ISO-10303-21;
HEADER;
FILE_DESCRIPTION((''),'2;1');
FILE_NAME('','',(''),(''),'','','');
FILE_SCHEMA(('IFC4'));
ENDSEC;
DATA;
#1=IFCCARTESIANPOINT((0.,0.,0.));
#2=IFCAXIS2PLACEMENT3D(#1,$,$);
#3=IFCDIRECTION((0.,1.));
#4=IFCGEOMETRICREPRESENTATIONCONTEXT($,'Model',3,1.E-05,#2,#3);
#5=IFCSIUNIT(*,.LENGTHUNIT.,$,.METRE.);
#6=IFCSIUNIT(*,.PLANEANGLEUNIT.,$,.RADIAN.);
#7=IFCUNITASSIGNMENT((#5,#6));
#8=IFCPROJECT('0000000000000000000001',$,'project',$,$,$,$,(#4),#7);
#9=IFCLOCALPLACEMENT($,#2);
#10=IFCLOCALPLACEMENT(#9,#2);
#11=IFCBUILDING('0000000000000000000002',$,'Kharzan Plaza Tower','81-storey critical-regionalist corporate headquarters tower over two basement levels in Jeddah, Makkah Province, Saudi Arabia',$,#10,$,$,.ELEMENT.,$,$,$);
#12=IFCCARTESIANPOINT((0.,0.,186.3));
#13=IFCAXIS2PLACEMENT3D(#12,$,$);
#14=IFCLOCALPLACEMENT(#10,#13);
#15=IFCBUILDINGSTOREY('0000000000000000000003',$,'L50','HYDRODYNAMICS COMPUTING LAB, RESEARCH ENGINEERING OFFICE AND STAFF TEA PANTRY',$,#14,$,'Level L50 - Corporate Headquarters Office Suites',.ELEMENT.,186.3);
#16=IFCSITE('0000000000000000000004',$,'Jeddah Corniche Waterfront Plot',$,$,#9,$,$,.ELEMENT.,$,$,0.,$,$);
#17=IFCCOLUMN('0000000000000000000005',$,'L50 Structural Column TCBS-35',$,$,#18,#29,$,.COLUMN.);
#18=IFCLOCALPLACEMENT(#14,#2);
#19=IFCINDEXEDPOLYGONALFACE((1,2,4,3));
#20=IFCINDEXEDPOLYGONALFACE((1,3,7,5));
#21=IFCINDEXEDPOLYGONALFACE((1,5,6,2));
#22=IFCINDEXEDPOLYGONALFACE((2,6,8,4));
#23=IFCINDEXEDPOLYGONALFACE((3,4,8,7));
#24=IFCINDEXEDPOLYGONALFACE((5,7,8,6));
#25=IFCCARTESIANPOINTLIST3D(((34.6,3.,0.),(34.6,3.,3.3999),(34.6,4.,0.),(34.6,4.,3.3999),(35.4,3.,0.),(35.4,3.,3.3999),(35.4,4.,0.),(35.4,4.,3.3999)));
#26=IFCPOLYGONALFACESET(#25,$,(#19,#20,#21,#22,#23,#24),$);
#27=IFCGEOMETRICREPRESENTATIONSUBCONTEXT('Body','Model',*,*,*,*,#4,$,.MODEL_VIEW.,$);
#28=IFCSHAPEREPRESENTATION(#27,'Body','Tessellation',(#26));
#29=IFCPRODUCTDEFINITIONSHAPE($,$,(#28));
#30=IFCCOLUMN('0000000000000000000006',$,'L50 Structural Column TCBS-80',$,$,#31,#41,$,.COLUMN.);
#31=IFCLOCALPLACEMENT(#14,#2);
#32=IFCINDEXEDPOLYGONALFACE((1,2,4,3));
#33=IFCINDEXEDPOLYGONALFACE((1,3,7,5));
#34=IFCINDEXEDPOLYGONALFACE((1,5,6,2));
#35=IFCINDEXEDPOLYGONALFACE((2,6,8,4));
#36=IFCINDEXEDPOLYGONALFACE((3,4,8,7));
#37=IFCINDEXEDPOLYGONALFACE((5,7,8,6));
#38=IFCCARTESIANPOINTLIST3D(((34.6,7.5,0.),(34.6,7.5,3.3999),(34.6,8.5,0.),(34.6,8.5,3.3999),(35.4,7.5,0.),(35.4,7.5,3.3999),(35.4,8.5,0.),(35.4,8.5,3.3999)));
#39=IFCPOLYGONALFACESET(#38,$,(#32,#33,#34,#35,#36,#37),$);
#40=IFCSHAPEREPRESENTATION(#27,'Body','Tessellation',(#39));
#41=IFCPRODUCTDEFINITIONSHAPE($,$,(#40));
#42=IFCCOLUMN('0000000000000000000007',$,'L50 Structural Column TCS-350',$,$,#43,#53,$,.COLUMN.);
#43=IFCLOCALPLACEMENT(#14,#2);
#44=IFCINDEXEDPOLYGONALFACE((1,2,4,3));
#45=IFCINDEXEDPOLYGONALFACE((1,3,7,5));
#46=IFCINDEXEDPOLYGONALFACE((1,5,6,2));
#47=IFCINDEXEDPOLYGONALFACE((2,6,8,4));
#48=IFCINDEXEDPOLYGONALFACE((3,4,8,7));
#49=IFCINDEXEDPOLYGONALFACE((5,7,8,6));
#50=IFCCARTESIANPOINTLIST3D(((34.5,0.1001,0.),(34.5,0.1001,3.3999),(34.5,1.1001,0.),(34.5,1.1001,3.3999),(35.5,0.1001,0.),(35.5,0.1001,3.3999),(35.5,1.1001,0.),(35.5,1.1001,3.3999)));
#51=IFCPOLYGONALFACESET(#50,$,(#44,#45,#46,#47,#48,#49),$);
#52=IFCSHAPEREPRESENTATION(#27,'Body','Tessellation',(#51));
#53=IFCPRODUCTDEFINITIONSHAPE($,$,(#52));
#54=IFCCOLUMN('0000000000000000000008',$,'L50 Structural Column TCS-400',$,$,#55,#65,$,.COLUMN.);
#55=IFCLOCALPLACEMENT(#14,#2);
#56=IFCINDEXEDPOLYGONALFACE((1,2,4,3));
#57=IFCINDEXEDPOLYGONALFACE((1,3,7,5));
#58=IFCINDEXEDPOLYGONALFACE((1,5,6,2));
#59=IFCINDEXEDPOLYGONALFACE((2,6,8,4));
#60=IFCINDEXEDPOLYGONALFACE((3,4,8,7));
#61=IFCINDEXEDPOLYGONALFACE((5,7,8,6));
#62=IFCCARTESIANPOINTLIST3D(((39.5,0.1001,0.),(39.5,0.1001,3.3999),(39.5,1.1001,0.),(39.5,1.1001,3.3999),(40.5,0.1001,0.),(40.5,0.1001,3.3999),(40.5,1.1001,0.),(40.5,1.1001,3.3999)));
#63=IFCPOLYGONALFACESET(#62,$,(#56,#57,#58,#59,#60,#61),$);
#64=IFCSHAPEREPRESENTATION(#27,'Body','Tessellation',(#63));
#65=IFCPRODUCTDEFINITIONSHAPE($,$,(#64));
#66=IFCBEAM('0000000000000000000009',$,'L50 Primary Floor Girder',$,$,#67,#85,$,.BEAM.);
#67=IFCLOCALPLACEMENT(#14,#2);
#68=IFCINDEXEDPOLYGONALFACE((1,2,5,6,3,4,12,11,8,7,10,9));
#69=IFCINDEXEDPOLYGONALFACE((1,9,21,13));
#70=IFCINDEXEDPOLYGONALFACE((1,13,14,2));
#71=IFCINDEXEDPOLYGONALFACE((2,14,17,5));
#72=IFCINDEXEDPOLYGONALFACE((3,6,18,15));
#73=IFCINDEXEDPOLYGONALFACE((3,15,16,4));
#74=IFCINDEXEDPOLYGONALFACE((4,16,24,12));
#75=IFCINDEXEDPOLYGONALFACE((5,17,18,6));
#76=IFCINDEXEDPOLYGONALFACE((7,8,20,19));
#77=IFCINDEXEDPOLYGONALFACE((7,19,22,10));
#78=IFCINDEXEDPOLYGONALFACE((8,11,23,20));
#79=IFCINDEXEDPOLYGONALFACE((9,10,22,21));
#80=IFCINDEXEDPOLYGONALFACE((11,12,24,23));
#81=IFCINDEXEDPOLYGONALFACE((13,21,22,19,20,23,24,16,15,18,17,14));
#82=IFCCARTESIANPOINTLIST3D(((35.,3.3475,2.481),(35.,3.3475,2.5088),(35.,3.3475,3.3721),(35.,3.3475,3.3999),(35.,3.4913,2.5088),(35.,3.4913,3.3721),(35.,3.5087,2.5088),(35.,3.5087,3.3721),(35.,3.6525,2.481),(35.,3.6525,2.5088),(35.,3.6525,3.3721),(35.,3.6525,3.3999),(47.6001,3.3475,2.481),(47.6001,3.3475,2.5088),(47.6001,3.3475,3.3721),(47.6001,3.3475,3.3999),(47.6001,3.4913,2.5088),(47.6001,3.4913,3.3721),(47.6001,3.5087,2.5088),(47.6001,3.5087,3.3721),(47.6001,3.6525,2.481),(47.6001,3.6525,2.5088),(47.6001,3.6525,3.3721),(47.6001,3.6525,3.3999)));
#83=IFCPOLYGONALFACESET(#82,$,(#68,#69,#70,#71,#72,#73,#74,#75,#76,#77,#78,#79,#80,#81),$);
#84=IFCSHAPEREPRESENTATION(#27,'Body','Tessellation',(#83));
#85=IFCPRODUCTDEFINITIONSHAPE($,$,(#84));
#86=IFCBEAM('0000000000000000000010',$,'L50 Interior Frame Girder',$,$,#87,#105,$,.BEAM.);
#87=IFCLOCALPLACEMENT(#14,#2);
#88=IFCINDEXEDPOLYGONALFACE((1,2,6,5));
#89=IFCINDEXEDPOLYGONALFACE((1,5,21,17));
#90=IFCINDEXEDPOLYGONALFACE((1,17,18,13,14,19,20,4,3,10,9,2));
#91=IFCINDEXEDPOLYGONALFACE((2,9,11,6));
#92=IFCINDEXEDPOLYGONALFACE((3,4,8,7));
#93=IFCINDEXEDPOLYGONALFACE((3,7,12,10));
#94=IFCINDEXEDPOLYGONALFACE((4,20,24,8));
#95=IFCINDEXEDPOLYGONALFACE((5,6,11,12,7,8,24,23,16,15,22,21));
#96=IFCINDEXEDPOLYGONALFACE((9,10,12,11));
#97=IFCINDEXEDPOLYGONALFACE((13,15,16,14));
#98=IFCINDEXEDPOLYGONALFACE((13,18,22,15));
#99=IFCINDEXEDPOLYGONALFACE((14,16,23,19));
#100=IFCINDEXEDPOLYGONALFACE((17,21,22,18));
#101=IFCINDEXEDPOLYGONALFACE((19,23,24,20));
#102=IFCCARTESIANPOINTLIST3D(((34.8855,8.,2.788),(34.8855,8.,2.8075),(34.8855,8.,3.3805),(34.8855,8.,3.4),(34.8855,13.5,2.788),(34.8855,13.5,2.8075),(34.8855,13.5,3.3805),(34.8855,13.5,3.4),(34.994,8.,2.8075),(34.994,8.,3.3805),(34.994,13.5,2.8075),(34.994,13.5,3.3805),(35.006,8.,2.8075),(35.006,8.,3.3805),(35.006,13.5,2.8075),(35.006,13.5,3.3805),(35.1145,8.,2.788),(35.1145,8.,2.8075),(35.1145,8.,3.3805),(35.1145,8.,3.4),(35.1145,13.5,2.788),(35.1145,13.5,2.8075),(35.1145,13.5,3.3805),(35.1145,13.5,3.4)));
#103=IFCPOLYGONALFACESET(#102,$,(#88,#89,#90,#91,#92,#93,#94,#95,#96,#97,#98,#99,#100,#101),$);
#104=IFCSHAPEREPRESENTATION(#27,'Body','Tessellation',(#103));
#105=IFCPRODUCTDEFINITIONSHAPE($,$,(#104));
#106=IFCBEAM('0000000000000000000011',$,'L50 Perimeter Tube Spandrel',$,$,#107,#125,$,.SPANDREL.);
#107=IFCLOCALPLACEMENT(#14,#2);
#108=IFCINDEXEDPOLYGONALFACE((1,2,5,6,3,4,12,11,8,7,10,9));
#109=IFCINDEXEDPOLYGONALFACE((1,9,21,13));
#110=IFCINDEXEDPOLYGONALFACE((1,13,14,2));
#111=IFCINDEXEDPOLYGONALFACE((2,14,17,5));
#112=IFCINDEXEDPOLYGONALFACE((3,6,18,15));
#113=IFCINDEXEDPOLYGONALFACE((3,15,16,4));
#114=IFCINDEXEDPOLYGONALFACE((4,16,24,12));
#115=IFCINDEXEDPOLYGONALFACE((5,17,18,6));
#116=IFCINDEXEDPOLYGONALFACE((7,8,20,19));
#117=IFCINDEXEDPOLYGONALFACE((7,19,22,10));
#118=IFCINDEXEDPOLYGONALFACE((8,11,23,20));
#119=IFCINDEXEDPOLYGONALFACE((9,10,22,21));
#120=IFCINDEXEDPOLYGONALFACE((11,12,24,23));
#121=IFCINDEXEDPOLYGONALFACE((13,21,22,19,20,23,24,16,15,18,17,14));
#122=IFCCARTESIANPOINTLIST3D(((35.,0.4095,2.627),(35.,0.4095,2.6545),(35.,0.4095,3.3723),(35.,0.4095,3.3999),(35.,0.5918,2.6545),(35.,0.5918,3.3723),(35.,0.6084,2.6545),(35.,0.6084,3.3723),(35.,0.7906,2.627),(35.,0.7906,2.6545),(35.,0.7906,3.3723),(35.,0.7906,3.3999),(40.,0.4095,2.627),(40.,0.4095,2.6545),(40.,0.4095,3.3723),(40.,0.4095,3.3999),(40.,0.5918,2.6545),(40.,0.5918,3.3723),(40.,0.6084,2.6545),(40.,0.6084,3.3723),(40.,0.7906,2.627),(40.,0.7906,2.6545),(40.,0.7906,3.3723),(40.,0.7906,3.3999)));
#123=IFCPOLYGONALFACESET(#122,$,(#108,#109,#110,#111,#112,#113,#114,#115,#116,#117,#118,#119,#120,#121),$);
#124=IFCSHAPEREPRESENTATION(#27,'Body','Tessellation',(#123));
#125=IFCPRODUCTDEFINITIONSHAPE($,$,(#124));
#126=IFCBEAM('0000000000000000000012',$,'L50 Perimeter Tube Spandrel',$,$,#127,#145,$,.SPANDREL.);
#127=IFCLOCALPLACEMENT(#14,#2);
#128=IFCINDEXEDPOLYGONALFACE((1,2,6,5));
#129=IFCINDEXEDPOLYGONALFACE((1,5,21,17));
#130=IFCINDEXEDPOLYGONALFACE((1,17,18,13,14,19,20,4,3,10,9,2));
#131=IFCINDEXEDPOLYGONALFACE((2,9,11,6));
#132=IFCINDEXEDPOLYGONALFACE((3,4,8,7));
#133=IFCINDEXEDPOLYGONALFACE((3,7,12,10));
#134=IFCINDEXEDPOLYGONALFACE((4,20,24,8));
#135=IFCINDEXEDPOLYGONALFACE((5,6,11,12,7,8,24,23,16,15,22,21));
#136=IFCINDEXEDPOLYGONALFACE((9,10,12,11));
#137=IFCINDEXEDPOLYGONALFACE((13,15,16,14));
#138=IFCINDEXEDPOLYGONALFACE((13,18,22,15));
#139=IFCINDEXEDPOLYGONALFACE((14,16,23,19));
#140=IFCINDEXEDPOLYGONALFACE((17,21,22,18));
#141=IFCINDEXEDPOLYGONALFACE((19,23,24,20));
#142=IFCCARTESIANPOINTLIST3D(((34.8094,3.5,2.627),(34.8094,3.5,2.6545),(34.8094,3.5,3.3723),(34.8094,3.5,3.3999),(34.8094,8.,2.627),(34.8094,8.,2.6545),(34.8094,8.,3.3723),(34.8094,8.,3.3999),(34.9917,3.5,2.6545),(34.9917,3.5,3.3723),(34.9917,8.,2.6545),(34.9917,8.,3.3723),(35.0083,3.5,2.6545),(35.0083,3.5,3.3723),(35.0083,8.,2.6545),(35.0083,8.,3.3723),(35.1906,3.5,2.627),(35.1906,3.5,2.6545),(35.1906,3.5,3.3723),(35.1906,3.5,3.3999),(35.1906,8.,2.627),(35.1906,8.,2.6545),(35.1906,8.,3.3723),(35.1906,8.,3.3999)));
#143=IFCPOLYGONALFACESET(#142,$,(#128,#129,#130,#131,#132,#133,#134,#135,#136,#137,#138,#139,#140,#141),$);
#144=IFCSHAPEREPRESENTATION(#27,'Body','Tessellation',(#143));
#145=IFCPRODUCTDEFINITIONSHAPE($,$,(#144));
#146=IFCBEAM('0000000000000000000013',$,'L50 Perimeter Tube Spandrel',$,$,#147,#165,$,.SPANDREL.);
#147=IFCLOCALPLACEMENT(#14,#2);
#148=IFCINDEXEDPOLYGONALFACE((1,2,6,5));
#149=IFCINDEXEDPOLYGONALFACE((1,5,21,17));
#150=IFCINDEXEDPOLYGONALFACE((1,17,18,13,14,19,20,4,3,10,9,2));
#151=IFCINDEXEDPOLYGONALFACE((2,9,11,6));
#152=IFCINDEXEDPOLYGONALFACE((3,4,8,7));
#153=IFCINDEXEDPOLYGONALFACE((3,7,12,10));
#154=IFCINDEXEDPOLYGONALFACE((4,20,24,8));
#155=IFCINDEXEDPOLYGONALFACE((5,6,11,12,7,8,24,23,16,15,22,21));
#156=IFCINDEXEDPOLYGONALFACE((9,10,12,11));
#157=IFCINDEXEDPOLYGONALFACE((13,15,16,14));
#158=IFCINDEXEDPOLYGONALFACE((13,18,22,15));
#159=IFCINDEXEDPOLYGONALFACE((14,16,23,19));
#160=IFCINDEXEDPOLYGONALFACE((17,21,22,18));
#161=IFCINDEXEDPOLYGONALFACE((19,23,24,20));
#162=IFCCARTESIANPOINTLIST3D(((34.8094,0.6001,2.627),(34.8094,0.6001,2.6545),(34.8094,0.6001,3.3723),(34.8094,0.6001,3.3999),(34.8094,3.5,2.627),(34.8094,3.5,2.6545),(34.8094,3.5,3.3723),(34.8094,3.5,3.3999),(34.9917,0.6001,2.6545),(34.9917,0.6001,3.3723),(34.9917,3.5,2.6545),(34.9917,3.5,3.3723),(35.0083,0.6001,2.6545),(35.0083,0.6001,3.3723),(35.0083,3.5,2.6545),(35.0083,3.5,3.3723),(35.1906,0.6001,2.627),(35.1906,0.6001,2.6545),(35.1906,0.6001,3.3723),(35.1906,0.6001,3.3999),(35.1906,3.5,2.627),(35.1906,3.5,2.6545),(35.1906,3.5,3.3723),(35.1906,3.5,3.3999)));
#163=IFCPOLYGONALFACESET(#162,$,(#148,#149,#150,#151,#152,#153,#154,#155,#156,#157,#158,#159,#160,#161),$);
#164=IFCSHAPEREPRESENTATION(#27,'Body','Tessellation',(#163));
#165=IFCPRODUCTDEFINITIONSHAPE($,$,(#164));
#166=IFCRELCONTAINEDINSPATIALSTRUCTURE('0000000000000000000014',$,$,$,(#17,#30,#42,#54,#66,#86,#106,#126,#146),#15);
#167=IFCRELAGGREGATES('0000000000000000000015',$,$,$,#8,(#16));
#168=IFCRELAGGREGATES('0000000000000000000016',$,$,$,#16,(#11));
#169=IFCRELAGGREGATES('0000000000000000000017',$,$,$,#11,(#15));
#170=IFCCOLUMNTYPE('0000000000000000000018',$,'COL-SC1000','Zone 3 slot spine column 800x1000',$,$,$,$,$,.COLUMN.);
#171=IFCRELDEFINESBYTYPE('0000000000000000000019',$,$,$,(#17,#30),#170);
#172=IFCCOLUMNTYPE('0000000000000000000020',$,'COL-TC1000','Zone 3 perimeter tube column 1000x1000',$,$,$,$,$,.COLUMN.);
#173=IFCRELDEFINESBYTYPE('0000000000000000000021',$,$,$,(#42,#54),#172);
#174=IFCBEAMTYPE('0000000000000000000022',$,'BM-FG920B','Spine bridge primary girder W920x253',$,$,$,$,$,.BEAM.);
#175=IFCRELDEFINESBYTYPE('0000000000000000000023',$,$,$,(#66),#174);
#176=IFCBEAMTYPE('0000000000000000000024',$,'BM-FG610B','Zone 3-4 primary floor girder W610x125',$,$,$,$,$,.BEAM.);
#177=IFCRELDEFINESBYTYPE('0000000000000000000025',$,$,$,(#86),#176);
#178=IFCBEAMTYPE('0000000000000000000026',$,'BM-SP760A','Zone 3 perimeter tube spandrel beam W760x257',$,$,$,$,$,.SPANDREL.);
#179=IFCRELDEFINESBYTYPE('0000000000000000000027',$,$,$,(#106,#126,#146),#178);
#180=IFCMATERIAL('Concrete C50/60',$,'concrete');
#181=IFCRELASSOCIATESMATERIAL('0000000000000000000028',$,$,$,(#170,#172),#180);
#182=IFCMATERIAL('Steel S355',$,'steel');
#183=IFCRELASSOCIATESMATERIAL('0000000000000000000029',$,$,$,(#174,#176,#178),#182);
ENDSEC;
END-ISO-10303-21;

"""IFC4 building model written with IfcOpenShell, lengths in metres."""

from ifc_helpers import new_model, si_unit, direction, frame, origin, origin_2d, place, context, subcontext, project, spatial, rectangle, i_section, extrude, source, transform, mapped, material, material_profile, profile_set, type_object, element, save


model = new_model("IFC4")

# Units and contexts
model_context = context("Model", 3, precision=1e-05, world=origin(), true_north=direction((0.0, 1.0)))
body_context = subcontext(model_context, "Body", "Model", "MODEL_VIEW")
ifc_project = project(units=[si_unit("LENGTHUNIT", "METRE"), si_unit("PLANEANGLEUNIT", "RADIAN")], contexts=[model_context])

# Site, building, storey
site_placement = place(None, origin())
site = spatial("IfcSite", under=ifc_project, at=site_placement, Name="Jeddah Corniche Waterfront Plot", CompositionType="ELEMENT", RefElevation=0.0)
building_placement = place(site_placement, origin())
building = spatial("IfcBuilding", under=site, at=building_placement, Name="Kharzan Plaza Tower", Description="81-storey critical-regionalist corporate headquarters tower over two basement levels in Jeddah, Makkah Province, Saudi Arabia", CompositionType="ELEMENT")
storey_placement = place(building_placement, frame((0.0, 0.0, 186.3)))
storey = spatial("IfcBuildingStorey", under=building, at=storey_placement, Name="L50", Description="HYDRODYNAMICS COMPUTING LAB, RESEARCH ENGINEERING OFFICE AND STAFF TEA PANTRY", LongName="Level L50 - Corporate Headquarters Office Suites", CompositionType="ELEMENT", Elevation=186.3)

# Columns
ifc_material_1 = material(Name="Concrete C50/60", Category="concrete")
ifc_material_profile_1 = material_profile(ifc_material_1, rectangle(XDim=0.8, YDim=1.0, at=origin_2d()), Name="RC-SC1000x800")
ifc_profile_set_1 = profile_set([ifc_material_profile_1], Name="Concrete C50/60")
column_type_1 = type_object("IfcColumnType", Name="COL-SC1000", Description="Zone 3 slot spine column 800x1000", PredefinedType="COLUMN", material=ifc_profile_set_1)
shared_shape_1 = source(origin(), body_context, "Body", "SweptSolid", [
    extrude(rectangle(XDim=0.8, YDim=1.0, at=origin_2d()), origin(), (0.0, 0.0, 1.0), 3.3999),
])
for number, where, z_axis, x_axis, name in (
    (1, (35.0, 3.5, 0.0), (0.0, 0.0, 1.0), (1.0, 0.0, 0.0), "L50 Structural Column TCBS-35"),
    (2, (35.0, 8.0, 0.0), (0.0, 0.0, 1.0), (1.0, 0.0, 0.0), "L50 Structural Column TCBS-80"),
):
    element("IfcColumn", number, at=place(storey_placement, frame(where, z_axis=z_axis, x_axis=x_axis)), inside=storey, type_object=column_type_1, Name=name, PredefinedType="COLUMN", context=body_context, shape_type="MappedRepresentation", body=[
        mapped(shared_shape_1, transform((0.0, 0.0, 0.0), x_axis=(1.0, 0.0, 0.0), y_axis=(0.0, 1.0, 0.0), z_axis=(0.0, 0.0, 1.0))),
    ])
ifc_material_profile_2 = material_profile(ifc_material_1, rectangle(XDim=1.0, YDim=1.0, at=origin_2d()), Name="RC-TC1000x1000")
ifc_profile_set_2 = profile_set([ifc_material_profile_2], Name="Concrete C50/60")
column_type_2 = type_object("IfcColumnType", Name="COL-TC1000", Description="Zone 3 perimeter tube column 1000x1000", PredefinedType="COLUMN", material=ifc_profile_set_2)
shared_shape_2 = source(origin(), body_context, "Body", "SweptSolid", [
    extrude(rectangle(XDim=1.0, YDim=1.0, at=origin_2d()), origin(), (0.0, 0.0, 1.0), 3.3999),
])
for number, where, z_axis, x_axis, name in (
    (3, (35.0, 0.6001, 0.0), (0.0, 0.0, 1.0), (1.0, 0.0, 0.0), "L50 Structural Column TCS-350"),
    (4, (40.0, 0.6001, 0.0), (0.0, 0.0, 1.0), (1.0, 0.0, 0.0), "L50 Structural Column TCS-400"),
):
    element("IfcColumn", number, at=place(storey_placement, frame(where, z_axis=z_axis, x_axis=x_axis)), inside=storey, type_object=column_type_2, Name=name, PredefinedType="COLUMN", context=body_context, shape_type="MappedRepresentation", body=[
        mapped(shared_shape_2, transform((0.0, 0.0, 0.0), x_axis=(1.0, 0.0, 0.0), y_axis=(0.0, 1.0, 0.0), z_axis=(0.0, 0.0, 1.0))),
    ])

# Beams
ifc_material_2 = material(Name="Steel S355", Category="steel")
ifc_material_profile_3 = material_profile(ifc_material_2, i_section(OverallWidth=0.3049, OverallDepth=0.9189, WebThickness=0.0173, FlangeThickness=0.0278, at=origin_2d()), Name="W920x253")
ifc_profile_set_3 = profile_set([ifc_material_profile_3], Name="Steel S355")
beam_type_1 = type_object("IfcBeamType", Name="BM-FG920B", Description="Spine bridge primary girder W920x253", PredefinedType="BEAM", material=ifc_profile_set_3)
shared_shape_3 = source(origin(), body_context, "Body", "SweptSolid", [
    extrude(i_section(OverallWidth=0.3049, OverallDepth=0.9189, WebThickness=0.0173, FlangeThickness=0.0278, at=origin_2d()), origin(), (0.0, 0.0, 1.0), 12.6001),
])
beam_1_placement = place(storey_placement, frame((35.0, 3.5, 2.9404), z_axis=(1.0, 0.0, 0.0), x_axis=(0.0, 1.0, 0.0)))
element("IfcBeam", 5, at=beam_1_placement, inside=storey, type_object=beam_type_1, Name="L50 Primary Floor Girder", PredefinedType="BEAM", context=body_context, shape_type="MappedRepresentation", body=[
    mapped(shared_shape_3, transform((0.0, 0.0, 0.0), x_axis=(1.0, 0.0, 0.0), y_axis=(0.0, 1.0, 0.0), z_axis=(0.0, 0.0, 1.0))),
])
ifc_material_profile_4 = material_profile(ifc_material_2, i_section(OverallWidth=0.229, OverallDepth=0.6121, WebThickness=0.012, FlangeThickness=0.0195, at=origin_2d()), Name="W610x125")
ifc_profile_set_4 = profile_set([ifc_material_profile_4], Name="Steel S355")
beam_type_2 = type_object("IfcBeamType", Name="BM-FG610B", Description="Zone 3-4 primary floor girder W610x125", PredefinedType="BEAM", material=ifc_profile_set_4)
shared_shape_4 = source(origin(), body_context, "Body", "SweptSolid", [
    extrude(i_section(OverallWidth=0.229, OverallDepth=0.6121, WebThickness=0.012, FlangeThickness=0.0195, at=origin_2d()), origin(), (0.0, 0.0, 1.0), 5.5),
])
beam_2_placement = place(storey_placement, frame((35.0, 8.0, 3.094), z_axis=(0.0, 1.0, 0.0), x_axis=(-1.0, 0.0, 0.0)))
element("IfcBeam", 6, at=beam_2_placement, inside=storey, type_object=beam_type_2, Name="L50 Interior Frame Girder", PredefinedType="BEAM", context=body_context, shape_type="MappedRepresentation", body=[
    mapped(shared_shape_4, transform((0.0, 0.0, 0.0), x_axis=(1.0, 0.0, 0.0), y_axis=(0.0, 1.0, 0.0), z_axis=(0.0, 0.0, 1.0))),
])
ifc_material_profile_5 = material_profile(ifc_material_2, i_section(OverallWidth=0.3811, OverallDepth=0.7729, WebThickness=0.0166, FlangeThickness=0.0276, at=origin_2d()), Name="W760x257")
ifc_profile_set_5 = profile_set([ifc_material_profile_5], Name="Steel S355")
beam_type_3 = type_object("IfcBeamType", Name="BM-SP760A", Description="Zone 3 perimeter tube spandrel beam W760x257", PredefinedType="SPANDREL", material=ifc_profile_set_5)
shared_shape_5 = source(origin(), body_context, "Body", "SweptSolid", [
    extrude(i_section(OverallWidth=0.3811, OverallDepth=0.7729, WebThickness=0.0166, FlangeThickness=0.0276, at=origin_2d()), origin(), (0.0, 0.0, 1.0), 5.0),
])
beam_3_placement = place(storey_placement, frame((35.0, 0.6001, 3.0134), z_axis=(1.0, 0.0, 0.0), x_axis=(0.0, 1.0, 0.0)))
element("IfcBeam", 7, at=beam_3_placement, inside=storey, type_object=beam_type_3, Name="L50 Perimeter Tube Spandrel", PredefinedType="SPANDREL", context=body_context, shape_type="MappedRepresentation", body=[
    mapped(shared_shape_5, transform((0.0, 0.0, 0.0), x_axis=(1.0, 0.0, 0.0), y_axis=(0.0, 1.0, 0.0), z_axis=(0.0, 0.0, 1.0))),
])
shared_shape_6 = source(origin(), body_context, "Body", "SweptSolid", [
    extrude(i_section(OverallWidth=0.3811, OverallDepth=0.7729, WebThickness=0.0166, FlangeThickness=0.0276, at=origin_2d()), origin(), (0.0, 0.0, 1.0), 4.5),
])
beam_4_placement = place(storey_placement, frame((35.0, 3.5, 3.0134), z_axis=(0.0, 1.0, 0.0), x_axis=(-1.0, 0.0, 0.0)))
element("IfcBeam", 8, at=beam_4_placement, inside=storey, type_object=beam_type_3, Name="L50 Perimeter Tube Spandrel", PredefinedType="SPANDREL", context=body_context, shape_type="MappedRepresentation", body=[
    mapped(shared_shape_6, transform((0.0, 0.0, 0.0), x_axis=(1.0, 0.0, 0.0), y_axis=(0.0, 1.0, 0.0), z_axis=(0.0, 0.0, 1.0))),
])
shared_shape_7 = source(origin(), body_context, "Body", "SweptSolid", [
    extrude(i_section(OverallWidth=0.3811, OverallDepth=0.7729, WebThickness=0.0166, FlangeThickness=0.0276, at=origin_2d()), origin(), (0.0, 0.0, 1.0), 2.8999),
])
beam_5_placement = place(storey_placement, frame((35.0, 0.6001, 3.0134), z_axis=(0.0, 1.0, 0.0), x_axis=(-1.0, 0.0, 0.0)))
element("IfcBeam", 9, at=beam_5_placement, inside=storey, type_object=beam_type_3, Name="L50 Perimeter Tube Spandrel", PredefinedType="SPANDREL", context=body_context, shape_type="MappedRepresentation", body=[
    mapped(shared_shape_7, transform((0.0, 0.0, 0.0), x_axis=(1.0, 0.0, 0.0), y_axis=(0.0, 1.0, 0.0), z_axis=(0.0, 0.0, 1.0))),
])

save(model, "model.ifc")
